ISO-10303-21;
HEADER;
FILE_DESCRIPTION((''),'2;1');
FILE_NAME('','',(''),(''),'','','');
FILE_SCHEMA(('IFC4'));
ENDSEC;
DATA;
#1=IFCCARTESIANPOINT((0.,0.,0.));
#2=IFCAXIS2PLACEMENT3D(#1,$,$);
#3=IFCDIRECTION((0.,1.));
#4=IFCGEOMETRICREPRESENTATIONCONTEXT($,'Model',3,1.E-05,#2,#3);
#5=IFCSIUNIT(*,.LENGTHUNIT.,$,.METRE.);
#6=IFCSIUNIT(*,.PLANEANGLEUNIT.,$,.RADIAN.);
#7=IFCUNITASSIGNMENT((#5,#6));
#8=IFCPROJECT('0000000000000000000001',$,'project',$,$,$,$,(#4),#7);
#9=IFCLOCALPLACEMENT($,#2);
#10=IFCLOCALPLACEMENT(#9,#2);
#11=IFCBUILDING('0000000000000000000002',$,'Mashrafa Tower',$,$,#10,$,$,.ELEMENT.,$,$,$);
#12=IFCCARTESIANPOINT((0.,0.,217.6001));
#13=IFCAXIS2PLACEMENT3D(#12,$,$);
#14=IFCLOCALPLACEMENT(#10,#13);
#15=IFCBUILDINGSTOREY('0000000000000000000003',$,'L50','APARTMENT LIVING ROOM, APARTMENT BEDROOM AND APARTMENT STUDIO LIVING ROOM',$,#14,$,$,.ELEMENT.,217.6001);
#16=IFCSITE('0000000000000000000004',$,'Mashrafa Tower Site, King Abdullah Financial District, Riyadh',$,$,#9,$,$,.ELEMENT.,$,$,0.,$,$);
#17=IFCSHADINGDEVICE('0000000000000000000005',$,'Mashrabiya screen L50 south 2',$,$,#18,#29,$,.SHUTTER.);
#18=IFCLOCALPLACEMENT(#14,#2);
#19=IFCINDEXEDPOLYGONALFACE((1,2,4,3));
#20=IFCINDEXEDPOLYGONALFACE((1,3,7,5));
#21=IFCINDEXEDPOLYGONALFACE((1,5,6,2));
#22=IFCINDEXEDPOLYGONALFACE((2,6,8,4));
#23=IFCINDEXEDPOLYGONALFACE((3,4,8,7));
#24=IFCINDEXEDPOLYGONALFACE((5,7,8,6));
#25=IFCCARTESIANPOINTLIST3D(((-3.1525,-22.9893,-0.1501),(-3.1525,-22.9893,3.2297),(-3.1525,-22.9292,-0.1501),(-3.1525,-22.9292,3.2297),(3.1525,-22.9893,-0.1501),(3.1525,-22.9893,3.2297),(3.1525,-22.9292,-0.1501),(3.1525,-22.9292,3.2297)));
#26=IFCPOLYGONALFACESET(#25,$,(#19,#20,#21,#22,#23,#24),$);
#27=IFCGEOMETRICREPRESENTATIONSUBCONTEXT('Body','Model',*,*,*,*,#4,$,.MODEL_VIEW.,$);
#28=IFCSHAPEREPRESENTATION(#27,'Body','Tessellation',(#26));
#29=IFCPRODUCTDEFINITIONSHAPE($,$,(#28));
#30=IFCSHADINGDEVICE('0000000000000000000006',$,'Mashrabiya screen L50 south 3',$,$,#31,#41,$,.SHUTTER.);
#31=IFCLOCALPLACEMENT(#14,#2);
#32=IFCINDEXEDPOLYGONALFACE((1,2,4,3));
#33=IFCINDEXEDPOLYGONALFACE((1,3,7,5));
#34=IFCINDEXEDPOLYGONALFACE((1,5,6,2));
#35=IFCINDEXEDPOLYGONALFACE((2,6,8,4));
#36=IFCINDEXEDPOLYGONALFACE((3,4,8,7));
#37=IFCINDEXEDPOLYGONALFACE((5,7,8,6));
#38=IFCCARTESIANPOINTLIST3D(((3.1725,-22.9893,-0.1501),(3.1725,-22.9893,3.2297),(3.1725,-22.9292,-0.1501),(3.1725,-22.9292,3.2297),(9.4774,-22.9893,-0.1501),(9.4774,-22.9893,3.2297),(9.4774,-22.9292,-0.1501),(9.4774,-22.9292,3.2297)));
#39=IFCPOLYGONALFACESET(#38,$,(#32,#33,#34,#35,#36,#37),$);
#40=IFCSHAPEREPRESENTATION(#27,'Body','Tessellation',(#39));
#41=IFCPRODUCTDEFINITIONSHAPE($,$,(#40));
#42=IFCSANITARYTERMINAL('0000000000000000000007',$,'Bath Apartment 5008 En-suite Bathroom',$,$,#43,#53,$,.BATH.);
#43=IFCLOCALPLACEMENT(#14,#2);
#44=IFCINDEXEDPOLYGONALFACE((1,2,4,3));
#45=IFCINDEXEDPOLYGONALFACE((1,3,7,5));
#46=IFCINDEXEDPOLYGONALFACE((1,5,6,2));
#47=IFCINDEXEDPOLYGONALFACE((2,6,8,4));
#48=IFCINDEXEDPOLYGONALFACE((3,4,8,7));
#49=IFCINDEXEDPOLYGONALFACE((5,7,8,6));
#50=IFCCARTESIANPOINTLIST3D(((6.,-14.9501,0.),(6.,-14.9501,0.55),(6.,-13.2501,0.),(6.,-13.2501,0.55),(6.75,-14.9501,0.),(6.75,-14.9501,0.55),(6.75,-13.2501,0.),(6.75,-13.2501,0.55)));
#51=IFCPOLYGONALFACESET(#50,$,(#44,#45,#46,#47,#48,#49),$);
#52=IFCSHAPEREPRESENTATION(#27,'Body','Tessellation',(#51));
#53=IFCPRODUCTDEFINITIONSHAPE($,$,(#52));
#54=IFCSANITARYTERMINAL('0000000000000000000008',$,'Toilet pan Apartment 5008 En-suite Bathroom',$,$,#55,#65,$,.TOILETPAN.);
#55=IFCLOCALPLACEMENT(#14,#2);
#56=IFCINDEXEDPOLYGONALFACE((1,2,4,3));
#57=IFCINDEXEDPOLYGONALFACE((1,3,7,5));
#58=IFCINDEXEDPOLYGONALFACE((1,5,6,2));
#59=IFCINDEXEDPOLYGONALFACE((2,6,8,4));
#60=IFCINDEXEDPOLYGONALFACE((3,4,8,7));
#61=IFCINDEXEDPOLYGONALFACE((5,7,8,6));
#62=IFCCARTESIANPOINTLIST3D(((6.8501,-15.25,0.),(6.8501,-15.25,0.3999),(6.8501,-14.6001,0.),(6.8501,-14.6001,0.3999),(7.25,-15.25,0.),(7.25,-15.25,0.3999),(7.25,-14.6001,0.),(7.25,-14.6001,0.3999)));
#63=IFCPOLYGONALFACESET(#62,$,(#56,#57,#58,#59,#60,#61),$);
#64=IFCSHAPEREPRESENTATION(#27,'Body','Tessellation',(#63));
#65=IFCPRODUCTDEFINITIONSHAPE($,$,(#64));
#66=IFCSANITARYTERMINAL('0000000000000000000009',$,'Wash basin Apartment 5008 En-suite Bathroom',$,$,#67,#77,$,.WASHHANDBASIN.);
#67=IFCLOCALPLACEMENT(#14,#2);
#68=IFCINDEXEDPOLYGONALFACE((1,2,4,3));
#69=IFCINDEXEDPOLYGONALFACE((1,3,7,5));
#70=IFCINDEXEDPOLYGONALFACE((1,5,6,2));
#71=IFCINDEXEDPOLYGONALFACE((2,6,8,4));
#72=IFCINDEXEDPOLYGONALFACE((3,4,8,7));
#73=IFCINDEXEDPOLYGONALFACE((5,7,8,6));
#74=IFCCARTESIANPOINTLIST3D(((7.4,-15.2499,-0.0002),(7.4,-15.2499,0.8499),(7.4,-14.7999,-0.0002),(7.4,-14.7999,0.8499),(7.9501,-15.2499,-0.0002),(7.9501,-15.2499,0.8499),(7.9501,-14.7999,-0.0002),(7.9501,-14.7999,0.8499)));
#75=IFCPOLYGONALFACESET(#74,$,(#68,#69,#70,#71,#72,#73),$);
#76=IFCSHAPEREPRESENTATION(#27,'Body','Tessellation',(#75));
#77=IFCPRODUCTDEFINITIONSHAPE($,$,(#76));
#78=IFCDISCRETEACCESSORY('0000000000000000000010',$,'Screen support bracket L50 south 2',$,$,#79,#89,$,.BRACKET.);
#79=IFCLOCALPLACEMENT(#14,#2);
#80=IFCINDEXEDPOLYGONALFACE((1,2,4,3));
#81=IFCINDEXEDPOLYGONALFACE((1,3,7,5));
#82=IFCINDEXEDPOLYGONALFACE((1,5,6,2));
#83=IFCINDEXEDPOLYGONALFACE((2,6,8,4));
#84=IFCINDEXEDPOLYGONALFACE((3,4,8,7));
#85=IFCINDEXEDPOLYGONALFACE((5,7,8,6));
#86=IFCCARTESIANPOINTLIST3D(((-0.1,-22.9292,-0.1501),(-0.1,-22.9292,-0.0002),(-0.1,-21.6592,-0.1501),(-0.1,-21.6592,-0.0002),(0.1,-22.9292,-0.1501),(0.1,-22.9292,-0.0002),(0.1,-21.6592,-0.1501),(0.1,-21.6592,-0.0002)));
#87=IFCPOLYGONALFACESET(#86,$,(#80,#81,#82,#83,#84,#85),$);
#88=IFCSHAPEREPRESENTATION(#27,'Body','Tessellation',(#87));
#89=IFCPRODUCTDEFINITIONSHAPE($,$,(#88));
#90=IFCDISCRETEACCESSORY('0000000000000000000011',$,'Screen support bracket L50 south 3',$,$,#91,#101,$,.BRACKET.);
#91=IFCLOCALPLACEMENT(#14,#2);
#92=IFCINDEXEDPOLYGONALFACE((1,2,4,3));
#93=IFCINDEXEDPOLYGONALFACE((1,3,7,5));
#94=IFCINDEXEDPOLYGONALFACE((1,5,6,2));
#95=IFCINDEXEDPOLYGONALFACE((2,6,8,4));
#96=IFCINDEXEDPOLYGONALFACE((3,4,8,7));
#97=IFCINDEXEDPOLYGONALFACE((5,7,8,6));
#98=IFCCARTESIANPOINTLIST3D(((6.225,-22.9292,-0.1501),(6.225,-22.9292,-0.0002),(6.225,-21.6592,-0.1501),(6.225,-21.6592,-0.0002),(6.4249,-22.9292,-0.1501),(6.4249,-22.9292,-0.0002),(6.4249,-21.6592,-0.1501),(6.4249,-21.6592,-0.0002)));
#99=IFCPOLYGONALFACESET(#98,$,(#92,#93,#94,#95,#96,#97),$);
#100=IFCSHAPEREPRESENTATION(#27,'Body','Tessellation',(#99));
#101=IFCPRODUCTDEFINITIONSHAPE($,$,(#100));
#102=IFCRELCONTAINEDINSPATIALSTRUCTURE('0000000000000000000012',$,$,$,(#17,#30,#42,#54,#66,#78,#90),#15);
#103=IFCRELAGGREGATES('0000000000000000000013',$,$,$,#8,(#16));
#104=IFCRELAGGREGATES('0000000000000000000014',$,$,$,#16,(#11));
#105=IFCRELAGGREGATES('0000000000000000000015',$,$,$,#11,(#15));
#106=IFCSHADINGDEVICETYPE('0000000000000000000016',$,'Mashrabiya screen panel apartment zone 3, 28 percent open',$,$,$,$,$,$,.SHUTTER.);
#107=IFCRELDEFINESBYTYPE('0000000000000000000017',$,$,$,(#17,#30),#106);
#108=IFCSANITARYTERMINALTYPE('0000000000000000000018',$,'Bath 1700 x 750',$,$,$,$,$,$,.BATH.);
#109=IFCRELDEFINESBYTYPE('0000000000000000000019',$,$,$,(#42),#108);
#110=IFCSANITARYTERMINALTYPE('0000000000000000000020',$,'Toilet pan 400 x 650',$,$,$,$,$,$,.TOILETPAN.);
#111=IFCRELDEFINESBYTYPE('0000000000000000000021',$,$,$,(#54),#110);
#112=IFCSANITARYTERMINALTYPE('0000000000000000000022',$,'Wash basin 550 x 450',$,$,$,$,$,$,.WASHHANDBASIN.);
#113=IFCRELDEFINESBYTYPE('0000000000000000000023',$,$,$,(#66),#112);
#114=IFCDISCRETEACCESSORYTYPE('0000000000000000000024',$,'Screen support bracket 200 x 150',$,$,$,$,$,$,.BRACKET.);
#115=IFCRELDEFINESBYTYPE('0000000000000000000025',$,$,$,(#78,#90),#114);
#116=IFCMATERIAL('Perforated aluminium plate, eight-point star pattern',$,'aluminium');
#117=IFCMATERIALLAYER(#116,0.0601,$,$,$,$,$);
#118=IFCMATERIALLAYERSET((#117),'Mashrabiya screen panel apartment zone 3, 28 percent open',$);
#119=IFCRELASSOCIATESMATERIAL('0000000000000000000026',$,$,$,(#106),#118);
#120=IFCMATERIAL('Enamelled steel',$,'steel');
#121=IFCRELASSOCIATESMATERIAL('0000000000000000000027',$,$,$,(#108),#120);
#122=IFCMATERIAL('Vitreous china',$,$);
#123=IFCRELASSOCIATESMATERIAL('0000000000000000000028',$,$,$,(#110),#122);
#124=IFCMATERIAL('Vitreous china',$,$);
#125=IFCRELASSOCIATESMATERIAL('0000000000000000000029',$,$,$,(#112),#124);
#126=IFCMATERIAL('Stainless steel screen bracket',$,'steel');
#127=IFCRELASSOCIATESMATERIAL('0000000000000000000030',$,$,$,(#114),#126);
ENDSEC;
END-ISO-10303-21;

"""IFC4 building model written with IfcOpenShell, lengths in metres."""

from ifc_helpers import new_model, si_unit, direction, frame, origin, origin_2d, place, context, subcontext, project, spatial, rectangle, extrude, source, transform, mapped, material, layer, layer_set, type_object, type_shapes, element, save


model = new_model("IFC4")

# Units and contexts
model_context = context("Model", 3, precision=1e-05, world=origin(), true_north=direction((0.0, 1.0)))
body_context = subcontext(model_context, "Body", "Model", "MODEL_VIEW")
ifc_project = project(units=[si_unit("LENGTHUNIT", "METRE"), si_unit("PLANEANGLEUNIT", "RADIAN")], contexts=[model_context])

# Site, building, storey
site_placement = place(None, origin())
site = spatial("IfcSite", under=ifc_project, at=site_placement, Name="Mashrafa Tower Site, King Abdullah Financial District, Riyadh", CompositionType="ELEMENT", RefElevation=0.0)
building_placement = place(site_placement, origin())
building = spatial("IfcBuilding", under=site, at=building_placement, Name="Mashrafa Tower", CompositionType="ELEMENT")
storey_placement = place(building_placement, frame((0.0, 0.0, 217.6001)))
storey = spatial("IfcBuildingStorey", under=building, at=storey_placement, Name="L50", Description="APARTMENT LIVING ROOM, APARTMENT BEDROOM AND APARTMENT STUDIO LIVING ROOM", CompositionType="ELEMENT", Elevation=217.6001)

# Shading devices
ifc_material_1 = material(Name="Perforated aluminium plate, eight-point star pattern", Category="aluminium")
ifc_layer_1 = layer(ifc_material_1, 0.0601)
ifc_layer_set_1 = layer_set([ifc_layer_1], Name="Mashrabiya screen panel apartment zone 3, 28 percent open")
shading_device_type = type_object("IfcShadingDeviceType", Name="Mashrabiya screen panel apartment zone 3, 28 percent open", PredefinedType="SHUTTER", material=ifc_layer_set_1)
shared_shape_1 = source(origin(), body_context, "Body", "SweptSolid", [
    extrude(rectangle(XDim=6.3049, YDim=0.0601, at=origin_2d()), origin(), (0.0, 0.0, 1.0), 3.3799),
])
type_shapes(shading_device_type, [shared_shape_1])
for number, where, z_axis, x_axis, name in (
    (1, (0.0, -22.9592, -0.1501), (0.0, 0.0, 1.0), (1.0, 0.0, 0.0), "Mashrabiya screen L50 south 2"),
    (2, (6.325, -22.9592, -0.1501), (0.0, 0.0, 1.0), (1.0, 0.0, 0.0), "Mashrabiya screen L50 south 3"),
):
    element("IfcShadingDevice", number, at=place(storey_placement, frame(where, z_axis=z_axis, x_axis=x_axis)), inside=storey, type_object=shading_device_type, Name=name, PredefinedType="SHUTTER", context=body_context, shape_type="MappedRepresentation", body=[
        mapped(shared_shape_1, transform((0.0, 0.0, 0.0))),
    ])

# Sanitary terminals
ifc_material_2 = material(Name="Enamelled steel", Category="steel")
sanitary_terminal_type_1 = type_object("IfcSanitaryTerminalType", Name="Bath 1700 x 750", PredefinedType="BATH", material=ifc_material_2)
sanitary_terminal_1_placement = place(storey_placement, frame((6.375, -14.1001, 0.0), z_axis=(0.0, 0.0, 1.0), x_axis=(0.0, -1.0, 0.0)))
element("IfcSanitaryTerminal", 3, at=sanitary_terminal_1_placement, inside=storey, type_object=sanitary_terminal_type_1, Name="Bath Apartment 5008 En-suite Bathroom", PredefinedType="BATH", context=body_context, shape_type="SweptSolid", body=[
    extrude(rectangle(XDim=1.7, YDim=0.75, at=origin_2d()), origin(), (0.0, 0.0, 1.0), 0.55),
])
ifc_material_3 = material(Name="Vitreous china")
sanitary_terminal_type_2 = type_object("IfcSanitaryTerminalType", Name="Toilet pan 400 x 650", PredefinedType="TOILETPAN", material=ifc_material_3)
sanitary_terminal_2_placement = place(storey_placement, frame((7.05, -14.925, 0.0), z_axis=(0.0, 0.0, 1.0), x_axis=(1.0, 0.0, 0.0)))
element("IfcSanitaryTerminal", 4, at=sanitary_terminal_2_placement, inside=storey, type_object=sanitary_terminal_type_2, Name="Toilet pan Apartment 5008 En-suite Bathroom", PredefinedType="TOILETPAN", context=body_context, shape_type="SweptSolid", body=[
    extrude(rectangle(XDim=0.3999, YDim=0.6499, at=origin_2d()), origin(), (0.0, 0.0, 1.0), 0.3999),
])
ifc_material_4 = material(Name="Vitreous china")
sanitary_terminal_type_3 = type_object("IfcSanitaryTerminalType", Name="Wash basin 550 x 450", PredefinedType="WASHHANDBASIN", material=ifc_material_4)
sanitary_terminal_3_placement = place(storey_placement, frame((7.675, -15.0249, -0.0002), z_axis=(0.0, 0.0, 1.0), x_axis=(1.0, 0.0, 0.0)))
element("IfcSanitaryTerminal", 5, at=sanitary_terminal_3_placement, inside=storey, type_object=sanitary_terminal_type_3, Name="Wash basin Apartment 5008 En-suite Bathroom", PredefinedType="WASHHANDBASIN", context=body_context, shape_type="SweptSolid", body=[
    extrude(rectangle(XDim=0.55, YDim=0.45, at=origin_2d()), origin(), (0.0, 0.0, 1.0), 0.8501),
])

# Discrete accessories
ifc_material_5 = material(Name="Stainless steel screen bracket", Category="steel")
discrete_accessory_type = type_object("IfcDiscreteAccessoryType", Name="Screen support bracket 200 x 150", PredefinedType="BRACKET", material=ifc_material_5)
shared_shape_2 = source(origin(), body_context, "Body", "SweptSolid", [
    extrude(rectangle(XDim=0.2, YDim=1.27, at=origin_2d()), origin(), (0.0, 0.0, 1.0), 0.1499),
])
type_shapes(discrete_accessory_type, [shared_shape_2])
for number, where, z_axis, x_axis, name in (
    (6, (0.0, -22.2942, -0.1501), (0.0, 0.0, 1.0), (1.0, 0.0, 0.0), "Screen support bracket L50 south 2"),
    (7, (6.325, -22.2942, -0.1501), (0.0, 0.0, 1.0), (1.0, 0.0, 0.0), "Screen support bracket L50 south 3"),
):
    element("IfcDiscreteAccessory", number, at=place(storey_placement, frame(where, z_axis=z_axis, x_axis=x_axis)), inside=storey, type_object=discrete_accessory_type, Name=name, PredefinedType="BRACKET", context=body_context, shape_type="MappedRepresentation", body=[
        mapped(shared_shape_2, transform((0.0, 0.0, 0.0))),
    ])

save(model, "model.ifc")
